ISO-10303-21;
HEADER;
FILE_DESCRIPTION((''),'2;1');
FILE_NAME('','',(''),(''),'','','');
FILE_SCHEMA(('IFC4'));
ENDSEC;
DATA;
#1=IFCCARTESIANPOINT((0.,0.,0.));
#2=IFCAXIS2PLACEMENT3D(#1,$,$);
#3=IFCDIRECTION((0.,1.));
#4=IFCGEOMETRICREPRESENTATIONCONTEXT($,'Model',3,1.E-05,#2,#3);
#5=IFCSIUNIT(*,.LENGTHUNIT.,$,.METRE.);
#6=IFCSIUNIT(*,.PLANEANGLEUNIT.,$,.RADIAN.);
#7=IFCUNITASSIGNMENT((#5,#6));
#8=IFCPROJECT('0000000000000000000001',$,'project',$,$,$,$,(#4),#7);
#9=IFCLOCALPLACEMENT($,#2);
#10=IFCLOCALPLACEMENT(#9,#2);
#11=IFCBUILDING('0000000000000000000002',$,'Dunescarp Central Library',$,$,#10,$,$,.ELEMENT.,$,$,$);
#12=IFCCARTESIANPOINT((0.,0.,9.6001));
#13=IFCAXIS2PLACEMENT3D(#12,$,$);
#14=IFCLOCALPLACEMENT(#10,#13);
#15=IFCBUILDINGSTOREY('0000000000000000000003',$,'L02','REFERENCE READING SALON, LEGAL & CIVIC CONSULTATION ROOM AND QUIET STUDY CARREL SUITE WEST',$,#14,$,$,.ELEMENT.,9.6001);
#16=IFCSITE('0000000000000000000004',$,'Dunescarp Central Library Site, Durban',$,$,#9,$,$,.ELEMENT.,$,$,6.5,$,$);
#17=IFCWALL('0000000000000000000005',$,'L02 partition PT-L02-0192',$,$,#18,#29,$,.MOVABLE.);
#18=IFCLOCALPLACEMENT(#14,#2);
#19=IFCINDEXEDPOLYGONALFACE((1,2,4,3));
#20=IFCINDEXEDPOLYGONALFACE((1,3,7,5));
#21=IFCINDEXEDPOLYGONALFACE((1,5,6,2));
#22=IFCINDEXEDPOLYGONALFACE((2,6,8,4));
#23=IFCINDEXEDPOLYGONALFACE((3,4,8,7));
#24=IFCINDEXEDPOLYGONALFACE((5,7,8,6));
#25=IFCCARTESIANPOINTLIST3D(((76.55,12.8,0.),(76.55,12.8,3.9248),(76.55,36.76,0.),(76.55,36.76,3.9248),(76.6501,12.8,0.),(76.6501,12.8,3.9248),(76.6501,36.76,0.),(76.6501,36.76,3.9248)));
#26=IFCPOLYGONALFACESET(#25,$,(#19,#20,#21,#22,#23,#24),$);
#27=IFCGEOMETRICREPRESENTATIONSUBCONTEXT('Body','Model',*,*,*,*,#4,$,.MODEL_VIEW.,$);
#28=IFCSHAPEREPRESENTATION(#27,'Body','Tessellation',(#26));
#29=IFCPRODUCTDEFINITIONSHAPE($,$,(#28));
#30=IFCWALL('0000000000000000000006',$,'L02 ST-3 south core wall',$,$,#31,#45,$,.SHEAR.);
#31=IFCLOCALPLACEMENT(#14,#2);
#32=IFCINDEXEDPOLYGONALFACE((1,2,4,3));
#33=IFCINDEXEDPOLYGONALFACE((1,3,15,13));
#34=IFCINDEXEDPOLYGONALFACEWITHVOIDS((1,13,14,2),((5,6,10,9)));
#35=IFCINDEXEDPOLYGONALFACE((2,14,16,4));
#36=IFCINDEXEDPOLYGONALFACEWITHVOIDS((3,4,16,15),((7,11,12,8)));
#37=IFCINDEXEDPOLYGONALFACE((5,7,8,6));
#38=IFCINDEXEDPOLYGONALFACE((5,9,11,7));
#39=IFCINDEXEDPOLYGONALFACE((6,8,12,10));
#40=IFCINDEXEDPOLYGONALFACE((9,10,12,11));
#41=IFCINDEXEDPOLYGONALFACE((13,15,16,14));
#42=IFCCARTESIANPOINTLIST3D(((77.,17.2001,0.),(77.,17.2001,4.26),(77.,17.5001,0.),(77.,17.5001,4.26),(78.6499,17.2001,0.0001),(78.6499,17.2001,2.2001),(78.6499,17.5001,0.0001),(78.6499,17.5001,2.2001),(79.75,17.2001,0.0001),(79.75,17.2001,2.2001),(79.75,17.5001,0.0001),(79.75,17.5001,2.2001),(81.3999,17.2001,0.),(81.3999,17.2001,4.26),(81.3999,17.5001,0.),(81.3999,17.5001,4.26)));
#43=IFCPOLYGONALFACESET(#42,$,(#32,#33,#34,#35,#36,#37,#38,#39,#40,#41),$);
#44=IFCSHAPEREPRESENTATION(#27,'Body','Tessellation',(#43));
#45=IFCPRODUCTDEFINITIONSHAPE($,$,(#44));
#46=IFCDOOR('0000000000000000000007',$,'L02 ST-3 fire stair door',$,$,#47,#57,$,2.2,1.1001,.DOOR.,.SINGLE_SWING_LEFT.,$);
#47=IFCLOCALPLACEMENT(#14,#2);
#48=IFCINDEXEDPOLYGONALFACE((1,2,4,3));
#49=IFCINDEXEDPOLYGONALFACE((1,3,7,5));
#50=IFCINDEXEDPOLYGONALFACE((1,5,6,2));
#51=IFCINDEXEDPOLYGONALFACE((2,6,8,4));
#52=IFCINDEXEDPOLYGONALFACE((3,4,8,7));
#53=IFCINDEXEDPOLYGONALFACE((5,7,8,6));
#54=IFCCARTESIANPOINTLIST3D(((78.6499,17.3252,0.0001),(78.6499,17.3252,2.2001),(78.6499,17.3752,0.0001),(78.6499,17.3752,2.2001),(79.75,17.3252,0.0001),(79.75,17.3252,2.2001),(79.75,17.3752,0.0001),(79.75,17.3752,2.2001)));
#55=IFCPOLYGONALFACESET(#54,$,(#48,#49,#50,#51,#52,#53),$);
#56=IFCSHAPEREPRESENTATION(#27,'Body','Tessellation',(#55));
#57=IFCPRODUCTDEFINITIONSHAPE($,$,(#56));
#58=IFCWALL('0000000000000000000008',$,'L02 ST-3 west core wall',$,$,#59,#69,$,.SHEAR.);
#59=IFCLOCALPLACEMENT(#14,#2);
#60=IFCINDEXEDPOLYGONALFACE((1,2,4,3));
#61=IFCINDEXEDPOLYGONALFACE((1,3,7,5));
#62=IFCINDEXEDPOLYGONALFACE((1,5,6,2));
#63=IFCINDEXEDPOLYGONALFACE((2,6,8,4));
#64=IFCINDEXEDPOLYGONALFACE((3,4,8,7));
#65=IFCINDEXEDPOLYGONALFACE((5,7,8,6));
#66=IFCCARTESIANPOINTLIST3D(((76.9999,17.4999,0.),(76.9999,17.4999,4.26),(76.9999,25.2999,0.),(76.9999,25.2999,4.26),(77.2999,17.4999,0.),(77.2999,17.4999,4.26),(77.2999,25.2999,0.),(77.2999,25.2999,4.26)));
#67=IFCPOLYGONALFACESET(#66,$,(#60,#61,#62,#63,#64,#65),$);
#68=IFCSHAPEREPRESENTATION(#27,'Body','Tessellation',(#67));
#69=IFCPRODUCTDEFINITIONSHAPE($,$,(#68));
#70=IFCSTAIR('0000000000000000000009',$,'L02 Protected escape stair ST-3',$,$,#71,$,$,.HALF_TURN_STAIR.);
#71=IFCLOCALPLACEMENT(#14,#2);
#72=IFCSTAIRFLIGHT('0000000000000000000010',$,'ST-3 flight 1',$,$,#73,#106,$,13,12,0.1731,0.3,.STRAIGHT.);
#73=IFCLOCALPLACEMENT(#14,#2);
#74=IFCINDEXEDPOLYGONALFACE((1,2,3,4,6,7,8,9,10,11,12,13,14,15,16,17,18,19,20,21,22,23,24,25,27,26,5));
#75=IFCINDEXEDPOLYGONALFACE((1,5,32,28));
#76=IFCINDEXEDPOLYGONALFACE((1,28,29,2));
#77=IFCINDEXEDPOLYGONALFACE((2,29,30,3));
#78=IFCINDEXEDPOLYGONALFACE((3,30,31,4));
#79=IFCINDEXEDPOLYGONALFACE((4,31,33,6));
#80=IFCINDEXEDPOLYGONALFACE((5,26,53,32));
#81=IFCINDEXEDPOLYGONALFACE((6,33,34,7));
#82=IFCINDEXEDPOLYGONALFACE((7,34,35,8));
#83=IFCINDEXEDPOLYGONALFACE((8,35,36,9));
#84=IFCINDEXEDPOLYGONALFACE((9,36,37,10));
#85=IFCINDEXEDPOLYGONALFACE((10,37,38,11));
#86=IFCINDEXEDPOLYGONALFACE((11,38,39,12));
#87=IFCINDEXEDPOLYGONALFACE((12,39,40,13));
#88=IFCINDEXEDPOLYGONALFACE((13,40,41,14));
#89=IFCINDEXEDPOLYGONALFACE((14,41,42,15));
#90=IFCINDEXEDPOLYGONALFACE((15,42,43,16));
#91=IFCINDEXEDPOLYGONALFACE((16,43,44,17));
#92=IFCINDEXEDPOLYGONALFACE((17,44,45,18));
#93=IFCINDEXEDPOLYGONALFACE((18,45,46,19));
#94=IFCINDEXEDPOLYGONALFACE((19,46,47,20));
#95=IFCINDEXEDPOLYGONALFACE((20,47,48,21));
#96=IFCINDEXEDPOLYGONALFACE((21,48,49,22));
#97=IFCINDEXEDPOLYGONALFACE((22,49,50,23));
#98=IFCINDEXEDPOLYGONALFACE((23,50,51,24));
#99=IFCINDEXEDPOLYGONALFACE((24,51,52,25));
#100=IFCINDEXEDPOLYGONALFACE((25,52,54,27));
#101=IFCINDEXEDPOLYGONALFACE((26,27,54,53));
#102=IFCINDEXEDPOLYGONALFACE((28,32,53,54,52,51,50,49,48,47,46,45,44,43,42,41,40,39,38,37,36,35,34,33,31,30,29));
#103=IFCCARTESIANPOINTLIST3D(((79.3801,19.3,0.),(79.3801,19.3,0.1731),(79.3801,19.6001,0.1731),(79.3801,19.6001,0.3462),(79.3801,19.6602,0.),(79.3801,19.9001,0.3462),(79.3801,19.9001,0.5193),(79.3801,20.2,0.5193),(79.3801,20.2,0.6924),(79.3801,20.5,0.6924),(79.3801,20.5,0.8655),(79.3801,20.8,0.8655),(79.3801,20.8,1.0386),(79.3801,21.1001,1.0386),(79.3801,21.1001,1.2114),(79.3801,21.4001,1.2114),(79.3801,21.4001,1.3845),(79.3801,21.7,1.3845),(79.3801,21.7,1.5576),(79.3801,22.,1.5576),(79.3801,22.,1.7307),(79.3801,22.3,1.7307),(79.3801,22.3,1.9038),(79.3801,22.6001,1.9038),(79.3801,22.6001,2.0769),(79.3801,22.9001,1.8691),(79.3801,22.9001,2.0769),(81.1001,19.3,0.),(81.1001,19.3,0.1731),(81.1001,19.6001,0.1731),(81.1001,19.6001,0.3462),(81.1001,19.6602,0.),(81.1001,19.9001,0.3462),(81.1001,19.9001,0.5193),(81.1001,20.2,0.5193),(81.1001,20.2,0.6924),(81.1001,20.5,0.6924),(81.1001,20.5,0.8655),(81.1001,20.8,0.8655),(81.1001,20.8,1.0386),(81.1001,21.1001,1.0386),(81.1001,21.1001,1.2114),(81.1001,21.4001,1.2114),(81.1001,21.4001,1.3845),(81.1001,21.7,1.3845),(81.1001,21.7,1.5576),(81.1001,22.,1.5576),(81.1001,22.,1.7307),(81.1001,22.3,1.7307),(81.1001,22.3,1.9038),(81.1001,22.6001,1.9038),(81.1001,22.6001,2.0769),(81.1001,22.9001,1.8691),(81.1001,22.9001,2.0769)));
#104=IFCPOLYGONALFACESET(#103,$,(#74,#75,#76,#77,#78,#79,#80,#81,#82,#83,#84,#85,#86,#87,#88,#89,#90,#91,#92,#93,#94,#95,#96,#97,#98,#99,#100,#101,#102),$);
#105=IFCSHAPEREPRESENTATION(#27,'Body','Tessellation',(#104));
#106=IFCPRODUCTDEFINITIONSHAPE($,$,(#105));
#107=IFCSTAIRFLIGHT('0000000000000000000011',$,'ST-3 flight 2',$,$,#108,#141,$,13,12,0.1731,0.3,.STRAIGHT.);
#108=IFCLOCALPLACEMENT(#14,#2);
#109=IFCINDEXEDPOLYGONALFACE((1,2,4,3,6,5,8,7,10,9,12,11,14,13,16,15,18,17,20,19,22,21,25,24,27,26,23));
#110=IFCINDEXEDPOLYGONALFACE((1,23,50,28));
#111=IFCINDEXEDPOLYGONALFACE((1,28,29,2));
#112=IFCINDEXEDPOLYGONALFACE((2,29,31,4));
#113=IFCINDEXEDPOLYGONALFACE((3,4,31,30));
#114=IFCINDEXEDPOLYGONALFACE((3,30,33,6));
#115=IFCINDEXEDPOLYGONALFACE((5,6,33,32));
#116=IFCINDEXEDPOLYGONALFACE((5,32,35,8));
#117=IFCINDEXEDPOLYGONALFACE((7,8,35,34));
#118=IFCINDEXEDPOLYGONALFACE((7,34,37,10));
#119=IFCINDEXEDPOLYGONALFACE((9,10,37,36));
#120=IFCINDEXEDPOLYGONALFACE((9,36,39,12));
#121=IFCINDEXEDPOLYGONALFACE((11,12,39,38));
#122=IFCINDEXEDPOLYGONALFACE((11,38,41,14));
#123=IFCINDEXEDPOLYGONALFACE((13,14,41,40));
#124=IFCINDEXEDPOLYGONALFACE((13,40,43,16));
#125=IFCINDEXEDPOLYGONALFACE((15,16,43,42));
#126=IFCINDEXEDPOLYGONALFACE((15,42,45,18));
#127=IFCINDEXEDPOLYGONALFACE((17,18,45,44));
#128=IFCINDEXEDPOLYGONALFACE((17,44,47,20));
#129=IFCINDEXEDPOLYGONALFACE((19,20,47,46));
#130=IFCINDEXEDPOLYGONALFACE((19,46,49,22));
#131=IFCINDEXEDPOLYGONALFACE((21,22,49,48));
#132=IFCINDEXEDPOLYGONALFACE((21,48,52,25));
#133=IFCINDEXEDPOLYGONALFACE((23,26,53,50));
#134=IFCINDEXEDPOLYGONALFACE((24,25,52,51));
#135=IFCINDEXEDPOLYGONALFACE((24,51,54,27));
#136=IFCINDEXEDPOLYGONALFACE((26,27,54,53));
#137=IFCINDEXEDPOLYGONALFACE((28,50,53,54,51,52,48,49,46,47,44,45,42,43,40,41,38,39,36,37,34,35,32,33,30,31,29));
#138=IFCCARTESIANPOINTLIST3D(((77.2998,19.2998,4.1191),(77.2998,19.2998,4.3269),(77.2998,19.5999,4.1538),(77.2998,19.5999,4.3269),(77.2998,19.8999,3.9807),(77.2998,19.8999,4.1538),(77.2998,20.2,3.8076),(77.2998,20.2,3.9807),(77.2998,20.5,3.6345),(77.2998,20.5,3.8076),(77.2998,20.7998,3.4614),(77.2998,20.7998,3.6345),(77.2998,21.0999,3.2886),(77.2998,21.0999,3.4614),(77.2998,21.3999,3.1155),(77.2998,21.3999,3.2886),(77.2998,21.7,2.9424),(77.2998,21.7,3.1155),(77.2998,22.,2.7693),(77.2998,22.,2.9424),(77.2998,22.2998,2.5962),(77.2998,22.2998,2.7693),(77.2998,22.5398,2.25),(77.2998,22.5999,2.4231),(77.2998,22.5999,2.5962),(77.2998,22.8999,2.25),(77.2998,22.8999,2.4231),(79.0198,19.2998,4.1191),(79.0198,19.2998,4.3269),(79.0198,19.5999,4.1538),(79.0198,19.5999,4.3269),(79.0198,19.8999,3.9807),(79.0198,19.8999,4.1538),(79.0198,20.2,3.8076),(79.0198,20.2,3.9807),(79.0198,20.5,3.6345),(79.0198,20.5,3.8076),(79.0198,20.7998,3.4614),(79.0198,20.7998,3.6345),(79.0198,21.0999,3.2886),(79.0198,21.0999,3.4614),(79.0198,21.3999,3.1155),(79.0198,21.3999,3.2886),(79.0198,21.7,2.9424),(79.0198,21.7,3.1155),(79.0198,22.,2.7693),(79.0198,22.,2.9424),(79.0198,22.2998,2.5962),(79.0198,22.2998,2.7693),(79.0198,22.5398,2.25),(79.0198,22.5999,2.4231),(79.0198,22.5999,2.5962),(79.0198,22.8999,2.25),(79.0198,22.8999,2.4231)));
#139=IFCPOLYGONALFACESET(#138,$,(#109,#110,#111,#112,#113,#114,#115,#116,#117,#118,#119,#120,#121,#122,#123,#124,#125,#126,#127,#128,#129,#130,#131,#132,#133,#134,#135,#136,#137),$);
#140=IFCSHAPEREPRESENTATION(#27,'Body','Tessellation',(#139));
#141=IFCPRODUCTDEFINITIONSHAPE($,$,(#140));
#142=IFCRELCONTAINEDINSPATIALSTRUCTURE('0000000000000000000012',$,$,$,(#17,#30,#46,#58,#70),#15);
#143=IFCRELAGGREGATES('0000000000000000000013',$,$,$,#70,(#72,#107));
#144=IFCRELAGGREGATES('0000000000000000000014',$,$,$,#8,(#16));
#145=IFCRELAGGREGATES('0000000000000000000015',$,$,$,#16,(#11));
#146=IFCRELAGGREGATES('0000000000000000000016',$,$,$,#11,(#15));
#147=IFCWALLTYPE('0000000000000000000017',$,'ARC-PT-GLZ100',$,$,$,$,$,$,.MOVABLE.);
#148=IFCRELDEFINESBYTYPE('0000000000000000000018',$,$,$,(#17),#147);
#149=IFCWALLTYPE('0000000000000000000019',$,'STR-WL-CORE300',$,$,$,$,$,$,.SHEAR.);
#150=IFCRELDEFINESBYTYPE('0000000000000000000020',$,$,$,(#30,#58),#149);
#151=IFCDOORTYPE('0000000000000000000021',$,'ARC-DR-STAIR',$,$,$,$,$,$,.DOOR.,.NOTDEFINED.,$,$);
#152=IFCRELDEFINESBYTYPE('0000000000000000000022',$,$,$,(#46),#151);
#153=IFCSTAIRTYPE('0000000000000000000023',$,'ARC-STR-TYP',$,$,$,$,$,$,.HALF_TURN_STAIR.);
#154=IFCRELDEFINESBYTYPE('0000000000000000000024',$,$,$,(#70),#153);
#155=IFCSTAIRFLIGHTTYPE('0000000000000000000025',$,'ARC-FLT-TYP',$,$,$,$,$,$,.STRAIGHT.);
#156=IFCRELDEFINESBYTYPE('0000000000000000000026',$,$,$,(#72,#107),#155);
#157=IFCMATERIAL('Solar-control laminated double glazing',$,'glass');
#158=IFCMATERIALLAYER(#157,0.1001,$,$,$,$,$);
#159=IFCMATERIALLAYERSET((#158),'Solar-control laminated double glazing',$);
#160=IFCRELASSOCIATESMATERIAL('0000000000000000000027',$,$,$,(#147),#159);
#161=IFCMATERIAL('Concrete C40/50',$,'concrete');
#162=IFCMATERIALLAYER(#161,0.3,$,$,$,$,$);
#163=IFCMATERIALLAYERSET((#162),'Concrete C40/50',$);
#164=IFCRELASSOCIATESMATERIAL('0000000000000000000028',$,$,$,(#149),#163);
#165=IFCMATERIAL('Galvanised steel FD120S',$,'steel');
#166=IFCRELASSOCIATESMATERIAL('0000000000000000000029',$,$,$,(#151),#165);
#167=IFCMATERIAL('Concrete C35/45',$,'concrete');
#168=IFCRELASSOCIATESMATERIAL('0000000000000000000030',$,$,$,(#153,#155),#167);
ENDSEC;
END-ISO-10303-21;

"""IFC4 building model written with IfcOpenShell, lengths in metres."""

from ifc_helpers import new_model, si_unit, direction, frame, frame_2d, origin, place, context, subcontext, project, spatial, polyline, rectangle, outline, extrude, material, layer, layer_set, type_object, element, fill, aggregate, save


model = new_model("IFC4")

# Units and contexts
model_context = context("Model", 3, precision=1e-05, world=origin(), true_north=direction((0.0, 1.0)))
body_context = subcontext(model_context, "Body", "Model", "MODEL_VIEW")
ifc_project = project(units=[si_unit("LENGTHUNIT", "METRE"), si_unit("PLANEANGLEUNIT", "RADIAN")], contexts=[model_context])

# Site, building, storey
site_placement = place(None, origin())
site = spatial("IfcSite", under=ifc_project, at=site_placement, Name="Dunescarp Central Library Site, Durban", CompositionType="ELEMENT", RefElevation=6.5)
building_placement = place(site_placement, origin())
building = spatial("IfcBuilding", under=site, at=building_placement, Name="Dunescarp Central Library", CompositionType="ELEMENT")
storey_placement = place(building_placement, frame((0.0, 0.0, 9.6001)))
storey = spatial("IfcBuildingStorey", under=building, at=storey_placement, Name="L02", Description="REFERENCE READING SALON, LEGAL & CIVIC CONSULTATION ROOM AND QUIET STUDY CARREL SUITE WEST", CompositionType="ELEMENT", Elevation=9.6001)

# Shared definitions
ifc_material_1 = material(Name="Solar-control laminated double glazing", Category="glass")
ifc_layer_1 = layer(ifc_material_1, 0.1001)
ifc_layer_set_1 = layer_set([ifc_layer_1], Name="Solar-control laminated double glazing")
wall_type_1 = type_object("IfcWallType", Name="ARC-PT-GLZ100", PredefinedType="MOVABLE", material=ifc_layer_set_1)

# Wall
wall_1_placement = place(storey_placement, frame((76.6001, 12.8, 0.0), z_axis=(0.0, 0.0, 1.0), x_axis=(0.0, 1.0, 0.0)))
element("IfcWall", 1, at=wall_1_placement, inside=storey, type_object=wall_type_1, Name="L02 partition PT-L02-0192", PredefinedType="MOVABLE", context=body_context, shape_type="SweptSolid", body=[
    extrude(rectangle(XDim=23.96, YDim=0.1001, at=frame_2d((11.98, 0.0))), origin(), (0.0, 0.0, 1.0), 3.9248),
])

# Wall, opening, door
ifc_material_2 = material(Name="Concrete C40/50", Category="concrete")
ifc_layer_2 = layer(ifc_material_2, 0.3)
ifc_layer_set_2 = layer_set([ifc_layer_2], Name="Concrete C40/50")
wall_type_2 = type_object("IfcWallType", Name="STR-WL-CORE300", PredefinedType="SHEAR", material=ifc_layer_set_2)
wall_2_placement = place(storey_placement, frame((81.3999, 17.3501, 0.0), z_axis=(0.0, 0.0, 1.0), x_axis=(-1.0, 0.0, 0.0)))
wall_2 = element("IfcWall", 2, at=wall_2_placement, inside=storey, type_object=wall_type_2, Name="L02 ST-3 south core wall", PredefinedType="SHEAR", context=body_context, shape_type="SweptSolid", body=[
    extrude(rectangle(XDim=4.3999, YDim=0.3, at=frame_2d((2.2, 0.0))), origin(), (0.0, 0.0, 1.0), 4.26),
])
opening_1_placement = place(wall_2_placement, frame((1.6499, 0.0, 0.0)))
opening_1 = element("IfcOpeningElement", 3, at=opening_1_placement, cuts=wall_2, PredefinedType="OPENING", context=body_context, shape_type="SweptSolid", body=[
    extrude(rectangle(XDim=1.1001, YDim=2.2, at=frame_2d((0.55, 1.1001))), frame((0.0, 0.1602, 0.0), z_axis=(0.0, -1.0, 0.0), x_axis=(1.0, 0.0, 0.0)), (0.0, 0.0, 1.0), 0.3201),
])
ifc_material_3 = material(Name="Galvanised steel FD120S", Category="steel")
door_type_1 = type_object("IfcDoorType", Name="ARC-DR-STAIR", OperationType="NOTDEFINED", PredefinedType="DOOR", material=ifc_material_3)
door_1_placement = place(opening_1_placement, origin())
door_1 = element("IfcDoor", 4, at=door_1_placement, inside=storey, type_object=door_type_1, Name="L02 ST-3 fire stair door", OperationType="SINGLE_SWING_LEFT", OverallHeight=2.2, OverallWidth=1.1001, PredefinedType="DOOR", context=body_context, shape_type="SweptSolid", body=[
    extrude(rectangle(XDim=1.1001, YDim=2.2, at=frame_2d((0.55, 1.1001))), frame((0.0, 0.0249, 0.0), z_axis=(0.0, -1.0, 0.0), x_axis=(1.0, 0.0, 0.0)), (0.0, 0.0, 1.0), 0.05),
])
fill(opening_1, door_1)

# Wall
wall_3_placement = place(storey_placement, frame((77.1499, 17.5, 0.0), z_axis=(0.0, 0.0, 1.0), x_axis=(0.0, 1.0, 0.0)))
element("IfcWall", 5, at=wall_3_placement, inside=storey, type_object=wall_type_2, Name="L02 ST-3 west core wall", PredefinedType="SHEAR", context=body_context, shape_type="SweptSolid", body=[
    extrude(rectangle(XDim=7.8, YDim=0.3, at=frame_2d((3.8999, 0.0))), origin(), (0.0, 0.0, 1.0), 4.26),
])

# Stair, stair flights
ifc_material_4 = material(Name="Concrete C35/45", Category="concrete")
stair_type = type_object("IfcStairType", Name="ARC-STR-TYP", PredefinedType="HALF_TURN_STAIR", material=ifc_material_4)
stair_placement = place(storey_placement, origin())
stair = element("IfcStair", 6, at=stair_placement, inside=storey, type_object=stair_type, Name="L02 Protected escape stair ST-3", PredefinedType="HALF_TURN_STAIR")
stair_flight_type = type_object("IfcStairFlightType", Name="ARC-FLT-TYP", PredefinedType="STRAIGHT", material=ifc_material_4)
stair_flight_1_placement = place(storey_placement, frame((80.24, 19.3, 0.0), z_axis=(0.0, 0.0, 1.0), x_axis=(0.0, 1.0, 0.0)))
stair_flight_1 = element("IfcStairFlight", 7, at=stair_flight_1_placement, type_object=stair_flight_type, Name="ST-3 flight 1", NumberOfRisers=13, NumberOfTreads=12, PredefinedType="STRAIGHT", RiserHeight=0.1731, TreadLength=0.3, context=body_context, shape_type="SweptSolid", body=[
    extrude(outline(polyline([(0.0, 0.0), (0.0, 0.1731), (0.3, 0.1731), (0.3, 0.3462), (0.6001, 0.3462), (0.6001, 0.5193), (0.8999, 0.5193), (0.8999, 0.6924), (1.2, 0.6924), (1.2, 0.8655), (1.5, 0.8655), (1.5, 1.0386), (1.8, 1.0386), (1.8, 1.2114), (2.1001, 1.2114), (2.1001, 1.3845), (2.3999, 1.3845), (2.3999, 1.5576), (2.7, 1.5576), (2.7, 1.7307), (3.0, 1.7307), (3.0, 1.9038), (3.3, 1.9038), (3.3, 2.0769), (3.6001, 2.0769), (3.6001, 2.25), (3.6001, 1.8691), (0.3601, 0.0), (0.0, 0.0)])), frame((0.0, 0.8599, 0.0), z_axis=(0.0, -1.0, 0.0), x_axis=(1.0, 0.0, 0.0)), (0.0, 0.0, 1.0), 1.72),
])
stair_flight_2_placement = place(storey_placement, frame((78.1599, 22.8999, 2.25), z_axis=(0.0, 0.0, 1.0), x_axis=(0.0, -1.0, 0.0)))
stair_flight_2 = element("IfcStairFlight", 8, at=stair_flight_2_placement, type_object=stair_flight_type, Name="ST-3 flight 2", NumberOfRisers=13, NumberOfTreads=12, PredefinedType="STRAIGHT", RiserHeight=0.1731, TreadLength=0.3, context=body_context, shape_type="SweptSolid", body=[
    extrude(outline(polyline([(0.0, 0.0), (0.0, 0.1731), (0.3, 0.1731), (0.3, 0.3462), (0.6001, 0.3462), (0.6001, 0.5193), (0.8999, 0.5193), (0.8999, 0.6924), (1.2, 0.6924), (1.2, 0.8655), (1.5, 0.8655), (1.5, 1.0386), (1.8, 1.0386), (1.8, 1.2114), (2.1001, 1.2114), (2.1001, 1.3845), (2.3999, 1.3845), (2.3999, 1.5576), (2.7, 1.5576), (2.7, 1.7307), (3.0, 1.7307), (3.0, 1.9038), (3.3, 1.9038), (3.3, 2.0769), (3.6001, 2.0769), (3.6001, 2.25), (3.6001, 1.8691), (0.3601, 0.0), (0.0, 0.0)])), frame((0.0, 0.8599, 0.0), z_axis=(0.0, -1.0, 0.0), x_axis=(1.0, 0.0, 0.0)), (0.0, 0.0, 1.0), 1.72),
])
aggregate(stair, [stair_flight_1, stair_flight_2])

save(model, "model.ifc")
